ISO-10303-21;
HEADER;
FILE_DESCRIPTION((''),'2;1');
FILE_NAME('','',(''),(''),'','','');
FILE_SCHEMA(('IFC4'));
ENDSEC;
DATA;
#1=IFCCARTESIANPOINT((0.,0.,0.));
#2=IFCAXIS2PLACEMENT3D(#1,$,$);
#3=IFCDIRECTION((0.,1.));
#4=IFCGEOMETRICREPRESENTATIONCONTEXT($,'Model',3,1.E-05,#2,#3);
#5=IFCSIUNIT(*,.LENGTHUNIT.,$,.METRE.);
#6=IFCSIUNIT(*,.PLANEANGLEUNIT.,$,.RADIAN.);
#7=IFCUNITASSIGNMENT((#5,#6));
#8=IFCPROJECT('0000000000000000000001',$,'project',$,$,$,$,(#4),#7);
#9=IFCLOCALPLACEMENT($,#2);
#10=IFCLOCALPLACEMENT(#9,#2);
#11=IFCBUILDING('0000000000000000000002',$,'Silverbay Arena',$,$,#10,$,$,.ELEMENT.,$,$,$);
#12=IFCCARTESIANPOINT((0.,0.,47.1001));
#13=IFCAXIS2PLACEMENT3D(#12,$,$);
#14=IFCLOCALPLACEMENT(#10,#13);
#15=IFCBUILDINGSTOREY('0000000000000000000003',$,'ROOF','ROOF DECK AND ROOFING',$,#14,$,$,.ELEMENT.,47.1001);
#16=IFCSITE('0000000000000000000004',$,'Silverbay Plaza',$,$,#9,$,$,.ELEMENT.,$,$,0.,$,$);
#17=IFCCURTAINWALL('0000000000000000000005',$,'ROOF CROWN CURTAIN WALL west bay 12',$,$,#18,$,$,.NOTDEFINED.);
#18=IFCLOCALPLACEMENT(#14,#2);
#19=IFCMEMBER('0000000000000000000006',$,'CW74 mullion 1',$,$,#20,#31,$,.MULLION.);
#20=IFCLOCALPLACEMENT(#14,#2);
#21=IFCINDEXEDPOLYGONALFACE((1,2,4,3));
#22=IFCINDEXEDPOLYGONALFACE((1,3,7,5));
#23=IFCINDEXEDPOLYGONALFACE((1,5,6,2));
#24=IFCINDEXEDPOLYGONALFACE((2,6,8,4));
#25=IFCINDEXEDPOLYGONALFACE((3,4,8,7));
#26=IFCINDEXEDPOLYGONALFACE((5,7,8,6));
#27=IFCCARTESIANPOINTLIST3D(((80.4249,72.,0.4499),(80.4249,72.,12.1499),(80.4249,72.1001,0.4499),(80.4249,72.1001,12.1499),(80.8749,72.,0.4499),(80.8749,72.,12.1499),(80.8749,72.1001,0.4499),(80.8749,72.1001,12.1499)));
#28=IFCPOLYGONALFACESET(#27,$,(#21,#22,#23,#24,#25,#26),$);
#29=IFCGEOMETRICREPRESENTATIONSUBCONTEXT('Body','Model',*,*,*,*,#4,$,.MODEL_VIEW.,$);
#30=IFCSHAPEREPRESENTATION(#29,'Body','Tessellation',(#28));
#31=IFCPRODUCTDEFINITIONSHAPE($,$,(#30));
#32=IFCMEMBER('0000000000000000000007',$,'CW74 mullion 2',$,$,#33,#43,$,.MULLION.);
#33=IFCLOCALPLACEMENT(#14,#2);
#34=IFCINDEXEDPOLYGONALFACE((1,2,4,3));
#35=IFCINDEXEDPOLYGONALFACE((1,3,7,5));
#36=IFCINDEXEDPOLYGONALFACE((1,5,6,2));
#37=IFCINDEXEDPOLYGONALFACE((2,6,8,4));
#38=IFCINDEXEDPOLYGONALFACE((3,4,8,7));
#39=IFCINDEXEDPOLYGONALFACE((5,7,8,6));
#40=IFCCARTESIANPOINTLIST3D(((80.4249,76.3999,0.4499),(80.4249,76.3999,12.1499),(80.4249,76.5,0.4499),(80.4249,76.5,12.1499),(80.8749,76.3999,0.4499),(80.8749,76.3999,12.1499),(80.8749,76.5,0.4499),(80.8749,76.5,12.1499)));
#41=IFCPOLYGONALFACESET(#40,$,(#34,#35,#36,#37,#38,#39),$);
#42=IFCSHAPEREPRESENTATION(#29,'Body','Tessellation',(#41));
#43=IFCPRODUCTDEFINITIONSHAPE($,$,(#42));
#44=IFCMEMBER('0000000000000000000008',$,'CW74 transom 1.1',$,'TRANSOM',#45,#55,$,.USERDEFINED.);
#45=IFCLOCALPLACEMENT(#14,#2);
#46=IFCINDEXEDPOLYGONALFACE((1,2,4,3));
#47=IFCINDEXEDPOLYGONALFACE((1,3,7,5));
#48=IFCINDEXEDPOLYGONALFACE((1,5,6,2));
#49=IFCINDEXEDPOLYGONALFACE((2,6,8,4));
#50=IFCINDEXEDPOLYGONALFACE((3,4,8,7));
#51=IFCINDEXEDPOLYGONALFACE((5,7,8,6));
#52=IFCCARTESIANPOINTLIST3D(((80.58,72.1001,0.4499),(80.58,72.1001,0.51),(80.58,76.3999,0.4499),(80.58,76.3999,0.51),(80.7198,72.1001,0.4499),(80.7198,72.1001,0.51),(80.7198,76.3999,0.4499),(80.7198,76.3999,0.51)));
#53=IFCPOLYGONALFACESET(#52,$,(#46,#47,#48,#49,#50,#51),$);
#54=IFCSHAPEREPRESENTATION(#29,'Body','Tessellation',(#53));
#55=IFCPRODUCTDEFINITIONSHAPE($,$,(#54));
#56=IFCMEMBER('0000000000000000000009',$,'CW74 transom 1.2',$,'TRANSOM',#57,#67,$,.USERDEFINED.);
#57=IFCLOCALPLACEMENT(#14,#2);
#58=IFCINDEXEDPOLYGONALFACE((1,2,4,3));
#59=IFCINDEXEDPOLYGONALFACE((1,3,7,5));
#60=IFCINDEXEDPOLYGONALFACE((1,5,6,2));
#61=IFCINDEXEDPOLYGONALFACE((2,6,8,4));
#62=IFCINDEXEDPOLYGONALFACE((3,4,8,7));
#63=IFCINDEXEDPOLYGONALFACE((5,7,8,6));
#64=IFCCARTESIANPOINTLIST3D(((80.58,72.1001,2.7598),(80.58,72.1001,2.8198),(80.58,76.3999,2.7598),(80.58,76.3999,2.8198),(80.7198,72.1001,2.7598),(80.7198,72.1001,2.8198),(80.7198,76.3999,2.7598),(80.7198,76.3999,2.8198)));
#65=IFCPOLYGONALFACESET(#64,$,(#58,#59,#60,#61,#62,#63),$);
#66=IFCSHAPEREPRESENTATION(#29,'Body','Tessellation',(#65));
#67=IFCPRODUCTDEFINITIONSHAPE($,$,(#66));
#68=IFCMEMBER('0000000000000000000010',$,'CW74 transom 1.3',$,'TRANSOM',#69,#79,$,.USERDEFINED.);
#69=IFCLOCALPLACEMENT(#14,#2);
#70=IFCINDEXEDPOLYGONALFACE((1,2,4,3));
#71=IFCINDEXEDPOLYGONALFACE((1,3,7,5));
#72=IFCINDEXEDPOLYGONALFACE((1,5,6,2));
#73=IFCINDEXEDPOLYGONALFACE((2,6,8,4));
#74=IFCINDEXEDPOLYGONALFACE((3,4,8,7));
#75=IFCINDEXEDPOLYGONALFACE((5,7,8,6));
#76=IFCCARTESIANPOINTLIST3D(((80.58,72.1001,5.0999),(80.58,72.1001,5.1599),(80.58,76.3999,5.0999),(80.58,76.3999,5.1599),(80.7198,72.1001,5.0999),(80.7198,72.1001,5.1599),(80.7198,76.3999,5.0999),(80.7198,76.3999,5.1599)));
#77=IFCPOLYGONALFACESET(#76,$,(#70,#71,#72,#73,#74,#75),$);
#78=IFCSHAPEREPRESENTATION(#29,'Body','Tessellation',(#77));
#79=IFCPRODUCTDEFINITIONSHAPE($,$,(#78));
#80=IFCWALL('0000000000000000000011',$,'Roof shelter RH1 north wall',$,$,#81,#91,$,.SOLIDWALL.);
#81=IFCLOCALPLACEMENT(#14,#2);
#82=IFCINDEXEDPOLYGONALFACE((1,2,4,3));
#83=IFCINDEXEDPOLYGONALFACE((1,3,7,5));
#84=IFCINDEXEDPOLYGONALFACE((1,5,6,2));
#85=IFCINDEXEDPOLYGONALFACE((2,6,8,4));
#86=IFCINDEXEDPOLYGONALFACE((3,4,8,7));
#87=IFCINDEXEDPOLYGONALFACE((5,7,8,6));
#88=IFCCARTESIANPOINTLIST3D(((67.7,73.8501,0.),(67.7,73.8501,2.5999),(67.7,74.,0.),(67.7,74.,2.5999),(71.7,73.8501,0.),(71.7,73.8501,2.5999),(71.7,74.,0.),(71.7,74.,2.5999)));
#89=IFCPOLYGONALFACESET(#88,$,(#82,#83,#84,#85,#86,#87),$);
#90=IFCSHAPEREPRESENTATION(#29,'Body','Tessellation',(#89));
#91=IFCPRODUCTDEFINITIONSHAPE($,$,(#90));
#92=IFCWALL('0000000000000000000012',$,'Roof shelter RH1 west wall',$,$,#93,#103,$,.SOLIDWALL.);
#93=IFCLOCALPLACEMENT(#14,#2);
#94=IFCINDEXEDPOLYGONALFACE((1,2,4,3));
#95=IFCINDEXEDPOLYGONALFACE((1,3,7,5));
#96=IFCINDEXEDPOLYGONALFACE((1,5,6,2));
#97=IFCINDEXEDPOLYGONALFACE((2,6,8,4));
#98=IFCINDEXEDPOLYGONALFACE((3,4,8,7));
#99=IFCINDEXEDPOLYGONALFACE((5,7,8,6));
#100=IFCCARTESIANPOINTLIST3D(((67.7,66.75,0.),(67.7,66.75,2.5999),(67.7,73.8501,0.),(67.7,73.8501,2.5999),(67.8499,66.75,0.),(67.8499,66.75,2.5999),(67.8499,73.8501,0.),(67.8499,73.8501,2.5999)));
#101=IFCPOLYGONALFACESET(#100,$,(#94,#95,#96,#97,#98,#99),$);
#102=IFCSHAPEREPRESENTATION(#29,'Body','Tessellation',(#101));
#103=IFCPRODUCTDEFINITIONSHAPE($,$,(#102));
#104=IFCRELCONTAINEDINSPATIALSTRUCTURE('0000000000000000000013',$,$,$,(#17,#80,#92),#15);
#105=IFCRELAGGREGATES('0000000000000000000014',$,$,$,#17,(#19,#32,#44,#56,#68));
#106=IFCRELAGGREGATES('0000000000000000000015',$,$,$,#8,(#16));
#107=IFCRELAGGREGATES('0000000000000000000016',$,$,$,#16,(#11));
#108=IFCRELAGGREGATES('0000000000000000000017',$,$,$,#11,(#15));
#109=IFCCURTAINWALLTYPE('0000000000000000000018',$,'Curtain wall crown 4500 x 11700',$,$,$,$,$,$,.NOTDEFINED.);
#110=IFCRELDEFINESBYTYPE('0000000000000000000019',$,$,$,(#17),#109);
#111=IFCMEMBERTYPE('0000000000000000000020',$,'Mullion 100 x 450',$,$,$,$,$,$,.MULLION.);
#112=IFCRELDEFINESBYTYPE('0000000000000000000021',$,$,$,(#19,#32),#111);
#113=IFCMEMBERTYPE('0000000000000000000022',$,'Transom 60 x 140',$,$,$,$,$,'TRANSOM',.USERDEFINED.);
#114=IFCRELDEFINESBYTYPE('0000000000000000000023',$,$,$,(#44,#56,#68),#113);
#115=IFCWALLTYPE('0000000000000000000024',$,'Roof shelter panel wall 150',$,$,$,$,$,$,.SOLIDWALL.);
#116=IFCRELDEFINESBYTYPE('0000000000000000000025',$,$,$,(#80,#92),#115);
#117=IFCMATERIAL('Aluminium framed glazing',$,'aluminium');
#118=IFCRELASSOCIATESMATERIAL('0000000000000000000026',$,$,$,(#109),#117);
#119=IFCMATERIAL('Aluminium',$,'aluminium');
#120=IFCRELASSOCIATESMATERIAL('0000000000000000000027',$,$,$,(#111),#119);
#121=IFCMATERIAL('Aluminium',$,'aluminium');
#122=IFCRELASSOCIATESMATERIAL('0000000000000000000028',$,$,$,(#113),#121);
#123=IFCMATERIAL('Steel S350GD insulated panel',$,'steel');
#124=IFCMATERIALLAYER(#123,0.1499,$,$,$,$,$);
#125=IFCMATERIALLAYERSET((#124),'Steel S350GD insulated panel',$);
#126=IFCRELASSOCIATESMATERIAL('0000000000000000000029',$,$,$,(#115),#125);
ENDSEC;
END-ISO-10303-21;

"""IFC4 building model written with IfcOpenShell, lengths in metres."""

from ifc_helpers import new_model, si_unit, direction, frame, frame_2d, origin, origin_2d, place, context, subcontext, project, spatial, rectangle, extrude, material, layer, layer_set, material_profile, profile_set, type_object, element, aggregate, save


model = new_model("IFC4")

# Units and contexts
model_context = context("Model", 3, precision=1e-05, world=origin(), true_north=direction((0.0, 1.0)))
body_context = subcontext(model_context, "Body", "Model", "MODEL_VIEW")
ifc_project = project(units=[si_unit("LENGTHUNIT", "METRE"), si_unit("PLANEANGLEUNIT", "RADIAN")], contexts=[model_context])

# Site, building, storey
site_placement = place(None, origin())
site = spatial("IfcSite", under=ifc_project, at=site_placement, Name="Silverbay Plaza", CompositionType="ELEMENT", RefElevation=0.0)
building_placement = place(site_placement, origin())
building = spatial("IfcBuilding", under=site, at=building_placement, Name="Silverbay Arena", CompositionType="ELEMENT")
storey_placement = place(building_placement, frame((0.0, 0.0, 47.1001)))
storey = spatial("IfcBuildingStorey", under=building, at=storey_placement, Name="ROOF", Description="ROOF DECK AND ROOFING", CompositionType="ELEMENT", Elevation=47.1001)

# Curtain wall, members
ifc_material_1 = material(Name="Aluminium framed glazing", Category="aluminium")
curtain_wall_type = type_object("IfcCurtainWallType", Name="Curtain wall crown 4500 x 11700", PredefinedType="NOTDEFINED", material=ifc_material_1)
curtain_wall_placement = place(storey_placement, origin())
curtain_wall = element("IfcCurtainWall", 1, at=curtain_wall_placement, inside=storey, type_object=curtain_wall_type, Name="ROOF CROWN CURTAIN WALL west bay 12", PredefinedType="NOTDEFINED")
ifc_material_2 = material(Name="Aluminium", Category="aluminium")
ifc_material_profile_1 = material_profile(ifc_material_2, rectangle(XDim=0.45, YDim=0.1001, at=origin_2d()), Name="Mullion 100 x 450")
ifc_profile_set_1 = profile_set([ifc_material_profile_1], Name="Aluminium")
member_type_1 = type_object("IfcMemberType", Name="Mullion 100 x 450", PredefinedType="MULLION", material=ifc_profile_set_1)
placement = place(building_placement, frame((0.0, 0.0, 33.5)))
member_1_placement = place(placement, frame((80.6499, 72.05, 14.05), z_axis=(0.0, 0.0, 1.0), x_axis=(-1.0, 0.0, 0.0)))
member_1 = element("IfcMember", 2, at=member_1_placement, type_object=member_type_1, Name="CW74 mullion 1", PredefinedType="MULLION", context=body_context, shape_type="SweptSolid", body=[
    extrude(rectangle(XDim=0.45, YDim=0.1001, at=origin_2d()), origin(), (0.0, 0.0, 1.0), 11.7),
])
member_2_placement = place(placement, frame((80.6499, 76.45, 14.05), z_axis=(0.0, 0.0, 1.0), x_axis=(-1.0, 0.0, 0.0)))
member_2 = element("IfcMember", 3, at=member_2_placement, type_object=member_type_1, Name="CW74 mullion 2", PredefinedType="MULLION", context=body_context, shape_type="SweptSolid", body=[
    extrude(rectangle(XDim=0.45, YDim=0.1001, at=origin_2d()), origin(), (0.0, 0.0, 1.0), 11.7),
])
ifc_material_3 = material(Name="Aluminium", Category="aluminium")
ifc_material_profile_2 = material_profile(ifc_material_3, rectangle(XDim=0.1399, YDim=0.0601, at=origin_2d()), Name="Transom 60 x 140")
ifc_profile_set_2 = profile_set([ifc_material_profile_2], Name="Aluminium")
member_type_2 = type_object("IfcMemberType", Name="Transom 60 x 140", ElementType="TRANSOM", PredefinedType="USERDEFINED", material=ifc_profile_set_2)
member_3_placement = place(placement, frame((80.6499, 72.1001, 14.0801), z_axis=(0.0, 1.0, 0.0), x_axis=(-1.0, 0.0, 0.0)))
member_3 = element("IfcMember", 4, at=member_3_placement, type_object=member_type_2, Name="CW74 transom 1.1", ObjectType="TRANSOM", PredefinedType="USERDEFINED", context=body_context, shape_type="SweptSolid", body=[
    extrude(rectangle(XDim=0.1399, YDim=0.0601, at=origin_2d()), origin(), (0.0, 0.0, 1.0), 4.2998),
])
member_4_placement = place(placement, frame((80.6499, 72.1001, 16.3899), z_axis=(0.0, 1.0, 0.0), x_axis=(-1.0, 0.0, 0.0)))
member_4 = element("IfcMember", 5, at=member_4_placement, type_object=member_type_2, Name="CW74 transom 1.2", ObjectType="TRANSOM", PredefinedType="USERDEFINED", context=body_context, shape_type="SweptSolid", body=[
    extrude(rectangle(XDim=0.1399, YDim=0.0601, at=origin_2d()), origin(), (0.0, 0.0, 1.0), 4.2998),
])
member_5_placement = place(placement, frame((80.6499, 72.1001, 18.73), z_axis=(0.0, 1.0, 0.0), x_axis=(-1.0, 0.0, 0.0)))
member_5 = element("IfcMember", 6, at=member_5_placement, type_object=member_type_2, Name="CW74 transom 1.3", ObjectType="TRANSOM", PredefinedType="USERDEFINED", context=body_context, shape_type="SweptSolid", body=[
    extrude(rectangle(XDim=0.1399, YDim=0.0601, at=origin_2d()), origin(), (0.0, 0.0, 1.0), 4.2998),
])
aggregate(curtain_wall, [member_1, member_2, member_3, member_4, member_5])

# Walls
ifc_material_4 = material(Name="Steel S350GD insulated panel", Category="steel")
ifc_layer_1 = layer(ifc_material_4, 0.1499)
ifc_layer_set_1 = layer_set([ifc_layer_1], Name="Steel S350GD insulated panel")
wall_type = type_object("IfcWallType", Name="Roof shelter panel wall 150", PredefinedType="SOLIDWALL", material=ifc_layer_set_1)
wall_1_placement = place(storey_placement, frame((71.7, 73.925, 0.0), z_axis=(0.0, 0.0, 1.0), x_axis=(-1.0, 0.0, 0.0)))
element("IfcWall", 7, at=wall_1_placement, inside=storey, type_object=wall_type, Name="Roof shelter RH1 north wall", PredefinedType="SOLIDWALL", context=body_context, shape_type="SweptSolid", body=[
    extrude(rectangle(XDim=4.0, YDim=0.1499, at=frame_2d((2.0, 0.0))), origin(), (0.0, 0.0, 1.0), 2.5999),
])
wall_2_placement = place(storey_placement, frame((67.7749, 73.8501, 0.0), z_axis=(0.0, 0.0, 1.0), x_axis=(0.0, -1.0, 0.0)))
element("IfcWall", 8, at=wall_2_placement, inside=storey, type_object=wall_type, Name="Roof shelter RH1 west wall", PredefinedType="SOLIDWALL", context=body_context, shape_type="SweptSolid", body=[
    extrude(rectangle(XDim=7.1001, YDim=0.1499, at=frame_2d((3.55, 0.0))), origin(), (0.0, 0.0, 1.0), 2.5999),
])

save(model, "model.ifc")
